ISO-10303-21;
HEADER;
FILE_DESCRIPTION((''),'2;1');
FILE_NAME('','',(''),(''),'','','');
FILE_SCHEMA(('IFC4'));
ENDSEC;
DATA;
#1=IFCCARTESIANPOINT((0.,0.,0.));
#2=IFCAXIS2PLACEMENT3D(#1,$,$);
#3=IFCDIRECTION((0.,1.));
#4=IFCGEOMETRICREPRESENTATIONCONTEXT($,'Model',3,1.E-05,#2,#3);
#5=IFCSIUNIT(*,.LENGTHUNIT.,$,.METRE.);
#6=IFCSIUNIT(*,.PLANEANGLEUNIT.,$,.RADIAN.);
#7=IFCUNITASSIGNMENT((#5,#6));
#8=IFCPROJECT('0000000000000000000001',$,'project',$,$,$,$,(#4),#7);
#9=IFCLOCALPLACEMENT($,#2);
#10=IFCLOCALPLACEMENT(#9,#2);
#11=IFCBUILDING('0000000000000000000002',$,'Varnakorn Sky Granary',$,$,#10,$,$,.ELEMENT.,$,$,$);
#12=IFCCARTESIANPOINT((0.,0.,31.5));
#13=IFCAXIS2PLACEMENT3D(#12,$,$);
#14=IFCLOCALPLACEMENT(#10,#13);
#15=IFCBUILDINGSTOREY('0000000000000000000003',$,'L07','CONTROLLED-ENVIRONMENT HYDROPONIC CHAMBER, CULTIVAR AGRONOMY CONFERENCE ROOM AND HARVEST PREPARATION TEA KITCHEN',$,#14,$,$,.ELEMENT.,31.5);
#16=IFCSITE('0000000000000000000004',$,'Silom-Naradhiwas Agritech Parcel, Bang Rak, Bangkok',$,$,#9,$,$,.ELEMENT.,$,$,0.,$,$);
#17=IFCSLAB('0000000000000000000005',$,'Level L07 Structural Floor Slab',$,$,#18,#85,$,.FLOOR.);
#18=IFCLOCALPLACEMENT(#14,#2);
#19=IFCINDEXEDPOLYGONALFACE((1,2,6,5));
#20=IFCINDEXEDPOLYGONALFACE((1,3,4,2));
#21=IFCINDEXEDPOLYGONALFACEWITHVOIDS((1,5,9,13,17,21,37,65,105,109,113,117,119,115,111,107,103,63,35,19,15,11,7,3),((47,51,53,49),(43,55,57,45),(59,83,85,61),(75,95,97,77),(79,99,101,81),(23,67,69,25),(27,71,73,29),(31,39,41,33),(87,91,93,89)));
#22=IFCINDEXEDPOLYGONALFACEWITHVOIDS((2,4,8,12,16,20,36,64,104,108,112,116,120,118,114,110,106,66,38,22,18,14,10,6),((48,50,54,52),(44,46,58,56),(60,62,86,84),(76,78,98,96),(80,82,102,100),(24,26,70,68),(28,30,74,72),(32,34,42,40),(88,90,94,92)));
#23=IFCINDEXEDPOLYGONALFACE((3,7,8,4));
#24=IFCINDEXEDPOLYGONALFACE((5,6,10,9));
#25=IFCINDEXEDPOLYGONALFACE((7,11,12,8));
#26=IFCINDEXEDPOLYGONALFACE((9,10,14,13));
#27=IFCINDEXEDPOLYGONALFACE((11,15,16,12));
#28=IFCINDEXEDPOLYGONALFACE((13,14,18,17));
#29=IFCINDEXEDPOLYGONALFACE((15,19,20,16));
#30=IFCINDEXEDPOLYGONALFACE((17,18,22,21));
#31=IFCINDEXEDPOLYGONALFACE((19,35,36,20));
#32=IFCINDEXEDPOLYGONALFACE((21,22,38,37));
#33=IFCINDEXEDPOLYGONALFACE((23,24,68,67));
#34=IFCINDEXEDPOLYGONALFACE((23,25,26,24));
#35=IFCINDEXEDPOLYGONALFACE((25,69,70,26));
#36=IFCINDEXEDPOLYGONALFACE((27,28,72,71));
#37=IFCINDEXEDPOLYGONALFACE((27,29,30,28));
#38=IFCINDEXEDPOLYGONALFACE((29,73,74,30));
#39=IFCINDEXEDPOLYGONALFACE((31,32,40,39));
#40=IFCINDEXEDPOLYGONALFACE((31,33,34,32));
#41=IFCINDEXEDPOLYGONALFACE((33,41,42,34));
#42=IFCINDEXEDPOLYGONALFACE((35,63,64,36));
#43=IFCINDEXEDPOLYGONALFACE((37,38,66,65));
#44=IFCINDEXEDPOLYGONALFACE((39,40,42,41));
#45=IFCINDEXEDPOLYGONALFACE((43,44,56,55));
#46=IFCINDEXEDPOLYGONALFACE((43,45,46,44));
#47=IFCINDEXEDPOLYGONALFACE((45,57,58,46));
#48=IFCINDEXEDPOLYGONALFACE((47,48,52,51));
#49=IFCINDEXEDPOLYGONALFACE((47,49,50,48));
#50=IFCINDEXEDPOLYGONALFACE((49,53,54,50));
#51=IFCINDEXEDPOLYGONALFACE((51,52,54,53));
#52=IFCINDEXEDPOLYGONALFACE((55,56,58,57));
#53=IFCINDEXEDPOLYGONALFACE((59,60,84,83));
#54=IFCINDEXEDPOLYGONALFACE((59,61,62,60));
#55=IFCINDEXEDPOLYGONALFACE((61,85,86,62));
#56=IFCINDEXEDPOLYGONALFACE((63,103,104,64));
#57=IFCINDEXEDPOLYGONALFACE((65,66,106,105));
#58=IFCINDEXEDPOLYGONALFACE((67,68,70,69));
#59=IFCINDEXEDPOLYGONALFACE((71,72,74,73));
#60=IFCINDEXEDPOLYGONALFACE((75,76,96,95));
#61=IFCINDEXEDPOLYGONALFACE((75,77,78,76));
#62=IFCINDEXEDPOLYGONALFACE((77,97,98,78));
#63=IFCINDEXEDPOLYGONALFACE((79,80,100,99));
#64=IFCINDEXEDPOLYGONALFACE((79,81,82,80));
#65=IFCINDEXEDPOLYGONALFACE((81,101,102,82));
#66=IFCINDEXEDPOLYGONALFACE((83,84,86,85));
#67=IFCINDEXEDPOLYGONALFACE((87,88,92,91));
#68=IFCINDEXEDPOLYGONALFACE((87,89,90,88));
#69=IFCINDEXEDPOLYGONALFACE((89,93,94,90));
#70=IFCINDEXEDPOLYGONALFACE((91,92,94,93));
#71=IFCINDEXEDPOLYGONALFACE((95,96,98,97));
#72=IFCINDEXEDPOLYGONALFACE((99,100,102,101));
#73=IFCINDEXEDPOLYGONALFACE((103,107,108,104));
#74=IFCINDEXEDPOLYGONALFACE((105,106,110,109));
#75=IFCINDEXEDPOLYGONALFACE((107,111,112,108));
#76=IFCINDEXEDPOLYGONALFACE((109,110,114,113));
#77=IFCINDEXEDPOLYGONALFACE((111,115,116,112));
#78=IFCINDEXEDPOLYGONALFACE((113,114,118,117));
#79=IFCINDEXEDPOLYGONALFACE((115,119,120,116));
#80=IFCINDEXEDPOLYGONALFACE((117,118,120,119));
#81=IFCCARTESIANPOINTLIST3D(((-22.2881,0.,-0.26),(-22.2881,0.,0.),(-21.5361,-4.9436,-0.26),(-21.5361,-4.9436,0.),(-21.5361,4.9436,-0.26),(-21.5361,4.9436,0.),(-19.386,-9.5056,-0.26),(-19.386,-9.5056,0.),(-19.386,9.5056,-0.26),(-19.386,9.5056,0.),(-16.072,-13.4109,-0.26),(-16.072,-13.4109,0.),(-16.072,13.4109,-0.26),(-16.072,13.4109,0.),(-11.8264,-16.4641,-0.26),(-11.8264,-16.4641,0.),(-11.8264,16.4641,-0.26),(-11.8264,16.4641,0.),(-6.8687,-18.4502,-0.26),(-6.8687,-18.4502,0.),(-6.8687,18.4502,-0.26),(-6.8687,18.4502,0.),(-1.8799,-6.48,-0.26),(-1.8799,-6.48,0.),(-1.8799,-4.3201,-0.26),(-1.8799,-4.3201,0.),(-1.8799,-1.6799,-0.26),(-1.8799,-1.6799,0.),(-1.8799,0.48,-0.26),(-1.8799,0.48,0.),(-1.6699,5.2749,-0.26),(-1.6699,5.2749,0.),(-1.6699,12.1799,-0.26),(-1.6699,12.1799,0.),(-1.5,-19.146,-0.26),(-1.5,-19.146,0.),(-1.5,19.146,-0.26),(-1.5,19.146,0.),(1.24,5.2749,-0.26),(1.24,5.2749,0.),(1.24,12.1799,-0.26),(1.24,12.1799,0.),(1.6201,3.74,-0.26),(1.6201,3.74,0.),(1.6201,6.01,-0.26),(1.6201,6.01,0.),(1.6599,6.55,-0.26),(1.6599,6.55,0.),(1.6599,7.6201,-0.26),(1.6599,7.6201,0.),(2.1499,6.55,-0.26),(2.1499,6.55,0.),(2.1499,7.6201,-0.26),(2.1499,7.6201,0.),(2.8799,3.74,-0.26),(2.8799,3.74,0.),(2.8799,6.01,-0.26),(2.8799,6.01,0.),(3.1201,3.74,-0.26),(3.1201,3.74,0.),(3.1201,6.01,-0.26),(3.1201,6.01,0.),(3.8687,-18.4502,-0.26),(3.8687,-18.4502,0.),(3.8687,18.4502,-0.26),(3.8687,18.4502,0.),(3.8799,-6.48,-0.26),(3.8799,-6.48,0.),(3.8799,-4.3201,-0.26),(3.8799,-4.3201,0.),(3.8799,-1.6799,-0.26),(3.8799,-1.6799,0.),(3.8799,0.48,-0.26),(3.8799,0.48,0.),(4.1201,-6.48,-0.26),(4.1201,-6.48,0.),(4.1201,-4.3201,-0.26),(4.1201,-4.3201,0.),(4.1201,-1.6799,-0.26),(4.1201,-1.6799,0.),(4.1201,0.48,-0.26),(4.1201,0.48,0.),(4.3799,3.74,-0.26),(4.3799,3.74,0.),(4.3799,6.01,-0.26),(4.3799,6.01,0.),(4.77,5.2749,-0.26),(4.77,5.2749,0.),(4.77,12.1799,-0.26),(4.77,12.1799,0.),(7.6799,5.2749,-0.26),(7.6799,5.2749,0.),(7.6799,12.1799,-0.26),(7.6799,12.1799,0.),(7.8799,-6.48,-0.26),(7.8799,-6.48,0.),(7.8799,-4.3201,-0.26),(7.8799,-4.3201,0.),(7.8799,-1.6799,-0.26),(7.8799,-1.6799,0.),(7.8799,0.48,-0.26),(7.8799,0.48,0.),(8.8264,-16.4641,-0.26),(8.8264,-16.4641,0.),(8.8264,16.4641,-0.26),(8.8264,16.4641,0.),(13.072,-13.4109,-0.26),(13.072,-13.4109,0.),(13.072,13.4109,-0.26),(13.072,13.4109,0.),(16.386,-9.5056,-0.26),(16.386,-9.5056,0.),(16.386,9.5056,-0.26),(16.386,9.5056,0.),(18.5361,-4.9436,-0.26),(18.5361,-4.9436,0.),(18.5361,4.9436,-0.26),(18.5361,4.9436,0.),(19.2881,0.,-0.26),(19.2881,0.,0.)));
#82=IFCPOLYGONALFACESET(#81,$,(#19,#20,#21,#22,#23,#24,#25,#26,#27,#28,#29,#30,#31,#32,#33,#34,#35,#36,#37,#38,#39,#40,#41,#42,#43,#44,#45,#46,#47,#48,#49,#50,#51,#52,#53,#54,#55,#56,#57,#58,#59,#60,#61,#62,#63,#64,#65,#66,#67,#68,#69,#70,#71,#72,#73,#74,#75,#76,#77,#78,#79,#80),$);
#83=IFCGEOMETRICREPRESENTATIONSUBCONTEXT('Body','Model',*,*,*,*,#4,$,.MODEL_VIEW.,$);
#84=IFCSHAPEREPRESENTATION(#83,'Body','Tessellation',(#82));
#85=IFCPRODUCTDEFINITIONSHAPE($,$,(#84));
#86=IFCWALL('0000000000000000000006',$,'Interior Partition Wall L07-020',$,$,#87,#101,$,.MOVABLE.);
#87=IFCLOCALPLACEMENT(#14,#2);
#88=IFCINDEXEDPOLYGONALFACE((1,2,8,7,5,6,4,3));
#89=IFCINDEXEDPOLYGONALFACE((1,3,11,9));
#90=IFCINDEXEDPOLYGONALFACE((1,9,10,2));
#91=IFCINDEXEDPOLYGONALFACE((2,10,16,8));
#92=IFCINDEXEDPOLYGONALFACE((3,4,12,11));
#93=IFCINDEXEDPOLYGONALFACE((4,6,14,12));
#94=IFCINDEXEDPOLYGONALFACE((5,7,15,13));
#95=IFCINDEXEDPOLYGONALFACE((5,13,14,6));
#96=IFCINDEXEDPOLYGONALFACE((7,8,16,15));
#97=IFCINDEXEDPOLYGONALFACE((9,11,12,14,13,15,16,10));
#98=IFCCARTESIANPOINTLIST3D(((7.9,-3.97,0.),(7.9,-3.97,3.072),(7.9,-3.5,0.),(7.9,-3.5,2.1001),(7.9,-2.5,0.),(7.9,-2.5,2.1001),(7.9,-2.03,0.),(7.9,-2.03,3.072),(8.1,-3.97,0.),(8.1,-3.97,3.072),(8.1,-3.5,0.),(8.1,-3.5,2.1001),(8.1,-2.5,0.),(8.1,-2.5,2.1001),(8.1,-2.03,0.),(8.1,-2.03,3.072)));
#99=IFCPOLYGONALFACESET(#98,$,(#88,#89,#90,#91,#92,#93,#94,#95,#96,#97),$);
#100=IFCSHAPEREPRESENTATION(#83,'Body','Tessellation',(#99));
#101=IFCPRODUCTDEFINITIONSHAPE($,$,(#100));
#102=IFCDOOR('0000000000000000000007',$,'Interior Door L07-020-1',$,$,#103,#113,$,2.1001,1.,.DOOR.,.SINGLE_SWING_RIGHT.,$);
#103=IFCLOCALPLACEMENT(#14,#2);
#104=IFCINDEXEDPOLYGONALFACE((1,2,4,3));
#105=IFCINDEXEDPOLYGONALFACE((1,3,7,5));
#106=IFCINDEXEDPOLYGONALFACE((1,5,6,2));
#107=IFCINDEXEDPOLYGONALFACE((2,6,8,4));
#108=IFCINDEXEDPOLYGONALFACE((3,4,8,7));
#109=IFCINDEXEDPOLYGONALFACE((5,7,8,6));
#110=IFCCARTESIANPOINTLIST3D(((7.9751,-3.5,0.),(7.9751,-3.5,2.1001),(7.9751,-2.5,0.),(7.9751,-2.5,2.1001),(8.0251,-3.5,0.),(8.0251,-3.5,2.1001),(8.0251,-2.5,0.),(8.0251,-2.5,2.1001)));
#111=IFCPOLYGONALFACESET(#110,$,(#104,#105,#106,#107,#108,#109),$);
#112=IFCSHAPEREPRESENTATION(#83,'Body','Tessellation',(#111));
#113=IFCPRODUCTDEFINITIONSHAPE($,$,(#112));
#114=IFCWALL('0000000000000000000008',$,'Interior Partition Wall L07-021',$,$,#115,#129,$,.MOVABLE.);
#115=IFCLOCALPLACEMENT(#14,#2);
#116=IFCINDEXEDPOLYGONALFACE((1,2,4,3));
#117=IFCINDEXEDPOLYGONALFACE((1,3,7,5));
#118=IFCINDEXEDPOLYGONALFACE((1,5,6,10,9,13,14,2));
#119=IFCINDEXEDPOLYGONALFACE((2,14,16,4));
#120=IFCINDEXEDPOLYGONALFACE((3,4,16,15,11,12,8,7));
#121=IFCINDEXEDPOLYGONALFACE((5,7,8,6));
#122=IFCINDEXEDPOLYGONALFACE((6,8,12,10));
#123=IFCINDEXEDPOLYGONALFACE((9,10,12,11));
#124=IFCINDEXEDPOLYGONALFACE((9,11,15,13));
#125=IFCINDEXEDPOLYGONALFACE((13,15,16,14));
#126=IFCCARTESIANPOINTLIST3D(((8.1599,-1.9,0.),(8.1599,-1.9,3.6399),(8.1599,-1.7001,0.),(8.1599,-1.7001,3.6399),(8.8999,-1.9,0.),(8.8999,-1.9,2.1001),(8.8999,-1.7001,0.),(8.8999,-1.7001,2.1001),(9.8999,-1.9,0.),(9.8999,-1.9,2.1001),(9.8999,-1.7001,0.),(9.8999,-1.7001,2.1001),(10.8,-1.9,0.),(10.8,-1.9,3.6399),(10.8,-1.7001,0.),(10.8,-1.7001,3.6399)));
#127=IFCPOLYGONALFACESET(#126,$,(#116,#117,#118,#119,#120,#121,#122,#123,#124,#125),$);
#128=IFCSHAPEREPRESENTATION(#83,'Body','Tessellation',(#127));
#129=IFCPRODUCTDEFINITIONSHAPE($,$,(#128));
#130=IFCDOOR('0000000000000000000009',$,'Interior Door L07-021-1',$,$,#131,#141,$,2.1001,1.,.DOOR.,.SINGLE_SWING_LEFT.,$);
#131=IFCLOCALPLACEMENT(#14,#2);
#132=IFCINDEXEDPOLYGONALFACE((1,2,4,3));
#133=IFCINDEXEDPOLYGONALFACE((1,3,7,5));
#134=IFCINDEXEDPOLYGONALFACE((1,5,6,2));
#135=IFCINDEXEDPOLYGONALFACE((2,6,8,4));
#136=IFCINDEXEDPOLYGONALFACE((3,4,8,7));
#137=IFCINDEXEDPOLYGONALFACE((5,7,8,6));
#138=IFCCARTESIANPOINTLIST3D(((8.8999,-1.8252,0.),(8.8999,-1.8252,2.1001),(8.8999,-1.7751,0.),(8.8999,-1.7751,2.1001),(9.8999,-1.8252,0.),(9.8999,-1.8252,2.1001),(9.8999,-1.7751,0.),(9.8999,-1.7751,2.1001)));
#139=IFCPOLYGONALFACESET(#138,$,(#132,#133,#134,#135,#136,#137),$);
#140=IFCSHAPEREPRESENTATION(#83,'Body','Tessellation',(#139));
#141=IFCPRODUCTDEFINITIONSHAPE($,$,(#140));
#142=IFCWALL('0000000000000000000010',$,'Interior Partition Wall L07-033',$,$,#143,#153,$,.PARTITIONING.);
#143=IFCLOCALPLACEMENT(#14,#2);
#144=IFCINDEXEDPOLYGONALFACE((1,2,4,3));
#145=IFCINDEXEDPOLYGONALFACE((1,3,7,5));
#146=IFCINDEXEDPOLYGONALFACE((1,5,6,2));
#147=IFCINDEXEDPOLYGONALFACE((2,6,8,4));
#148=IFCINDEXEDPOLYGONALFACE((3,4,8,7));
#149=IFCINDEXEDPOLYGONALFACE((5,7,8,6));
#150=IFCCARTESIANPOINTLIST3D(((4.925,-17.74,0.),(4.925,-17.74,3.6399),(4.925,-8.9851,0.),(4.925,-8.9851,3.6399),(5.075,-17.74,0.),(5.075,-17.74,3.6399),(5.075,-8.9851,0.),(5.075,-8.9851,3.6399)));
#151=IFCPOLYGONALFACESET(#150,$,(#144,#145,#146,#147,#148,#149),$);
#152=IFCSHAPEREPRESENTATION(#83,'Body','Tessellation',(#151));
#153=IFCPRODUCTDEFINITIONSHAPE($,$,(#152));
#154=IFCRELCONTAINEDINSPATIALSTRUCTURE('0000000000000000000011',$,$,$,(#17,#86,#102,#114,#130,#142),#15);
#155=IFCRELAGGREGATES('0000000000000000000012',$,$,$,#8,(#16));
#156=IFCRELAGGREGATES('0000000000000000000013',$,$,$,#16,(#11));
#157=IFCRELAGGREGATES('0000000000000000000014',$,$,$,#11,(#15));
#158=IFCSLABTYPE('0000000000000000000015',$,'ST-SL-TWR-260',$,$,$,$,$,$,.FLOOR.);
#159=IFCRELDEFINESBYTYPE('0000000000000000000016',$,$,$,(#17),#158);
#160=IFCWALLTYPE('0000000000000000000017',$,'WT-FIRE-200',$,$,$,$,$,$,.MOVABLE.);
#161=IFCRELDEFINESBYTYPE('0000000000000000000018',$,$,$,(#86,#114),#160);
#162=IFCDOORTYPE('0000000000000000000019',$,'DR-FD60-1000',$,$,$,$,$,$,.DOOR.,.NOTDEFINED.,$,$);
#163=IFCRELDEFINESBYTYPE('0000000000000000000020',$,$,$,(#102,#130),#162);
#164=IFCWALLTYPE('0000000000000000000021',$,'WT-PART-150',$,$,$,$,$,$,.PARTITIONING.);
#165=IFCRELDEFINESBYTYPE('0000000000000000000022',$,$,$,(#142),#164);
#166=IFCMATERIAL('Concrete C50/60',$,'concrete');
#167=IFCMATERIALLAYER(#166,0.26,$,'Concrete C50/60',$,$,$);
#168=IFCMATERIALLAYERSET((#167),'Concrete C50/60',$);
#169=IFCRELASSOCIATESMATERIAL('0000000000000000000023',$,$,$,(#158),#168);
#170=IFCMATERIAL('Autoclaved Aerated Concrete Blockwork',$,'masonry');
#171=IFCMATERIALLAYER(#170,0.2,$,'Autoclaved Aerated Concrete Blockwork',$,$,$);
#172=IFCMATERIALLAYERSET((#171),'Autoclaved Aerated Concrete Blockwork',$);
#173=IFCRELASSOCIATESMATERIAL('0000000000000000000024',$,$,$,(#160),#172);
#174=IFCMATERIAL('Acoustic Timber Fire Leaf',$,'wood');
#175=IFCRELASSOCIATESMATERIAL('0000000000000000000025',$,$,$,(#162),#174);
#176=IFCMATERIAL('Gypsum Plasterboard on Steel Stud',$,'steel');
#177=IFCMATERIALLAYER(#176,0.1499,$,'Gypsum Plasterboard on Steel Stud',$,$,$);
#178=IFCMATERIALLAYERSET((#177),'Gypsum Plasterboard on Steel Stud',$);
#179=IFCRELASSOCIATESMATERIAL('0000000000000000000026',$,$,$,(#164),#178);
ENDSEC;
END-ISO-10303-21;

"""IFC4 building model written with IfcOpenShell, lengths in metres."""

from ifc_helpers import new_model, si_unit, direction, frame, frame_2d, origin, place, context, subcontext, project, spatial, polyline, rectangle, outline, extrude, material, layer, layer_set, type_object, element, fill, save


model = new_model("IFC4")

# Units and contexts
model_context = context("Model", 3, precision=1e-05, world=origin(), true_north=direction((0.0, 1.0)))
body_context = subcontext(model_context, "Body", "Model", "MODEL_VIEW")
ifc_project = project(units=[si_unit("LENGTHUNIT", "METRE"), si_unit("PLANEANGLEUNIT", "RADIAN")], contexts=[model_context])

# Site, building, storey
site_placement = place(None, origin())
site = spatial("IfcSite", under=ifc_project, at=site_placement, Name="Silom-Naradhiwas Agritech Parcel, Bang Rak, Bangkok", CompositionType="ELEMENT", RefElevation=0.0)
building_placement = place(site_placement, origin())
building = spatial("IfcBuilding", under=site, at=building_placement, Name="Varnakorn Sky Granary", CompositionType="ELEMENT")
storey_placement = place(building_placement, frame((0.0, 0.0, 31.5)))
storey = spatial("IfcBuildingStorey", under=building, at=storey_placement, Name="L07", Description="CONTROLLED-ENVIRONMENT HYDROPONIC CHAMBER, CULTIVAR AGRONOMY CONFERENCE ROOM AND HARVEST PREPARATION TEA KITCHEN", CompositionType="ELEMENT", Elevation=31.5)

# Slab
ifc_material_1 = material(Name="Concrete C50/60", Category="concrete")
ifc_layer_1 = layer(ifc_material_1, 0.26, Name="Concrete C50/60")
ifc_layer_set_1 = layer_set([ifc_layer_1], Name="Concrete C50/60")
slab_type_1 = type_object("IfcSlabType", Name="ST-SL-TWR-260", PredefinedType="FLOOR", material=ifc_layer_set_1)
slab_1_placement = place(storey_placement, frame((0.0, 0.0, -0.26)))
element("IfcSlab", 1, at=slab_1_placement, inside=storey, type_object=slab_type_1, Name="Level L07 Structural Floor Slab", PredefinedType="FLOOR", context=body_context, shape_type="SweptSolid", body=[
    extrude(outline(polyline([(19.2881, 0.0), (18.5361, 4.9436), (16.386, 9.5056), (13.072, 13.4109), (8.8264, 16.4641), (3.8687, 18.4502), (-1.5, 19.146), (-6.8687, 18.4502), (-11.8264, 16.4641), (-16.072, 13.4109), (-19.386, 9.5056), (-21.5361, 4.9436), (-22.2881, 0.0), (-21.5361, -4.9436), (-19.386, -9.5056), (-16.072, -13.4109), (-11.8264, -16.4641), (-6.8687, -18.4502), (-1.5, -19.146), (3.8687, -18.4502), (8.8264, -16.4641), (13.072, -13.4109), (16.386, -9.5056), (18.5361, -4.9436), (19.2881, 0.0)]), holes=[polyline([(1.24, 5.2749), (1.24, 12.1799), (-1.6699, 12.1799), (-1.6699, 5.2749), (1.24, 5.2749)]), polyline([(7.6799, 5.2749), (7.6799, 12.1799), (4.77, 12.1799), (4.77, 5.2749), (7.6799, 5.2749)]), polyline([(1.6599, 6.55), (2.1499, 6.55), (2.1499, 7.6201), (1.6599, 7.6201), (1.6599, 6.55)]), polyline([(1.6201, 3.74), (2.8799, 3.74), (2.8799, 6.01), (1.6201, 6.01), (1.6201, 3.74)]), polyline([(3.1201, 3.74), (4.3799, 3.74), (4.3799, 6.01), (3.1201, 6.01), (3.1201, 3.74)]), polyline([(-1.8799, -1.6799), (3.8799, -1.6799), (3.8799, 0.48), (-1.8799, 0.48), (-1.8799, -1.6799)]), polyline([(4.1201, -1.6799), (7.8799, -1.6799), (7.8799, 0.48), (4.1201, 0.48), (4.1201, -1.6799)]), polyline([(-1.8799, -6.48), (3.8799, -6.48), (3.8799, -4.3201), (-1.8799, -4.3201), (-1.8799, -6.48)]), polyline([(4.1201, -6.48), (7.8799, -6.48), (7.8799, -4.3201), (4.1201, -4.3201), (4.1201, -6.48)])]), origin(), (0.0, 0.0, 1.0), 0.26),
])

# Walls, openings, doors
ifc_material_2 = material(Name="Autoclaved Aerated Concrete Blockwork", Category="masonry")
ifc_layer_2 = layer(ifc_material_2, 0.2, Name="Autoclaved Aerated Concrete Blockwork")
ifc_layer_set_2 = layer_set([ifc_layer_2], Name="Autoclaved Aerated Concrete Blockwork")
wall_type_1 = type_object("IfcWallType", Name="WT-FIRE-200", PredefinedType="MOVABLE", material=ifc_layer_set_2)
wall_1_placement = place(storey_placement, frame((8.0, -3.97, 0.0), z_axis=(0.0, 0.0, 1.0), x_axis=(0.0, 1.0, 0.0)))
wall_1 = element("IfcWall", 2, at=wall_1_placement, inside=storey, type_object=wall_type_1, Name="Interior Partition Wall L07-020", PredefinedType="MOVABLE", context=body_context, shape_type="SweptSolid", body=[
    extrude(rectangle(XDim=1.9399, YDim=0.2, at=frame_2d((0.97, 0.0))), origin(), (0.0, 0.0, 1.0), 3.072),
])
opening_1_placement = place(wall_1_placement, frame((0.47, 0.0, 0.0)))
opening_1 = element("IfcOpeningElement", 3, at=opening_1_placement, cuts=wall_1, PredefinedType="OPENING", context=body_context, shape_type="SweptSolid", body=[
    extrude(rectangle(XDim=1.0, YDim=2.1001, at=frame_2d((0.5, 1.05))), frame((0.0, 0.1099, 0.0), z_axis=(0.0, -1.0, 0.0), x_axis=(1.0, 0.0, 0.0)), (0.0, 0.0, 1.0), 0.22),
])
ifc_material_3 = material(Name="Acoustic Timber Fire Leaf", Category="wood")
door_type_1 = type_object("IfcDoorType", Name="DR-FD60-1000", OperationType="NOTDEFINED", PredefinedType="DOOR", material=ifc_material_3)
door_1_placement = place(opening_1_placement, origin())
door_1 = element("IfcDoor", 4, at=door_1_placement, inside=storey, type_object=door_type_1, Name="Interior Door L07-020-1", OperationType="SINGLE_SWING_RIGHT", OverallHeight=2.1001, OverallWidth=1.0, PredefinedType="DOOR", context=body_context, shape_type="SweptSolid", body=[
    extrude(rectangle(XDim=1.0, YDim=2.1001, at=frame_2d((0.5, 1.05))), frame((0.0, 0.0249, 0.0), z_axis=(0.0, -1.0, 0.0), x_axis=(1.0, 0.0, 0.0)), (0.0, 0.0, 1.0), 0.05),
])
fill(opening_1, door_1)
wall_2_placement = place(storey_placement, frame((8.1599, -1.8, 0.0), z_axis=(0.0, 0.0, 1.0), x_axis=(1.0, 0.0, 0.0)))
wall_2 = element("IfcWall", 5, at=wall_2_placement, inside=storey, type_object=wall_type_1, Name="Interior Partition Wall L07-021", PredefinedType="MOVABLE", context=body_context, shape_type="SweptSolid", body=[
    extrude(rectangle(XDim=2.6401, YDim=0.2, at=frame_2d((1.3201, 0.0))), origin(), (0.0, 0.0, 1.0), 3.6399),
])
opening_2_placement = place(wall_2_placement, frame((0.74, 0.0, 0.0)))
opening_2 = element("IfcOpeningElement", 6, at=opening_2_placement, cuts=wall_2, PredefinedType="OPENING", context=body_context, shape_type="SweptSolid", body=[
    extrude(rectangle(XDim=1.0, YDim=2.1001, at=frame_2d((0.5, 1.05))), frame((0.0, 0.1099, 0.0), z_axis=(0.0, -1.0, 0.0), x_axis=(1.0, 0.0, 0.0)), (0.0, 0.0, 1.0), 0.22),
])
door_2_placement = place(opening_2_placement, origin())
door_2 = element("IfcDoor", 7, at=door_2_placement, inside=storey, type_object=door_type_1, Name="Interior Door L07-021-1", OperationType="SINGLE_SWING_LEFT", OverallHeight=2.1001, OverallWidth=1.0, PredefinedType="DOOR", context=body_context, shape_type="SweptSolid", body=[
    extrude(rectangle(XDim=1.0, YDim=2.1001, at=frame_2d((0.5, 1.05))), frame((0.0, 0.0249, 0.0), z_axis=(0.0, -1.0, 0.0), x_axis=(1.0, 0.0, 0.0)), (0.0, 0.0, 1.0), 0.05),
])
fill(opening_2, door_2)

# Wall
ifc_material_4 = material(Name="Gypsum Plasterboard on Steel Stud", Category="steel")
ifc_layer_3 = layer(ifc_material_4, 0.1499, Name="Gypsum Plasterboard on Steel Stud")
ifc_layer_set_3 = layer_set([ifc_layer_3], Name="Gypsum Plasterboard on Steel Stud")
wall_type_2 = type_object("IfcWallType", Name="WT-PART-150", PredefinedType="PARTITIONING", material=ifc_layer_set_3)
wall_3_placement = place(storey_placement, frame((5.0, -8.9851, 0.0), z_axis=(0.0, 0.0, 1.0), x_axis=(0.0, -1.0, 0.0)))
element("IfcWall", 8, at=wall_3_placement, inside=storey, type_object=wall_type_2, Name="Interior Partition Wall L07-033", PredefinedType="PARTITIONING", context=body_context, shape_type="SweptSolid", body=[
    extrude(rectangle(XDim=8.7549, YDim=0.1499, at=frame_2d((4.3774, 0.0))), origin(), (0.0, 0.0, 1.0), 3.6399),
])

save(model, "model.ifc")
